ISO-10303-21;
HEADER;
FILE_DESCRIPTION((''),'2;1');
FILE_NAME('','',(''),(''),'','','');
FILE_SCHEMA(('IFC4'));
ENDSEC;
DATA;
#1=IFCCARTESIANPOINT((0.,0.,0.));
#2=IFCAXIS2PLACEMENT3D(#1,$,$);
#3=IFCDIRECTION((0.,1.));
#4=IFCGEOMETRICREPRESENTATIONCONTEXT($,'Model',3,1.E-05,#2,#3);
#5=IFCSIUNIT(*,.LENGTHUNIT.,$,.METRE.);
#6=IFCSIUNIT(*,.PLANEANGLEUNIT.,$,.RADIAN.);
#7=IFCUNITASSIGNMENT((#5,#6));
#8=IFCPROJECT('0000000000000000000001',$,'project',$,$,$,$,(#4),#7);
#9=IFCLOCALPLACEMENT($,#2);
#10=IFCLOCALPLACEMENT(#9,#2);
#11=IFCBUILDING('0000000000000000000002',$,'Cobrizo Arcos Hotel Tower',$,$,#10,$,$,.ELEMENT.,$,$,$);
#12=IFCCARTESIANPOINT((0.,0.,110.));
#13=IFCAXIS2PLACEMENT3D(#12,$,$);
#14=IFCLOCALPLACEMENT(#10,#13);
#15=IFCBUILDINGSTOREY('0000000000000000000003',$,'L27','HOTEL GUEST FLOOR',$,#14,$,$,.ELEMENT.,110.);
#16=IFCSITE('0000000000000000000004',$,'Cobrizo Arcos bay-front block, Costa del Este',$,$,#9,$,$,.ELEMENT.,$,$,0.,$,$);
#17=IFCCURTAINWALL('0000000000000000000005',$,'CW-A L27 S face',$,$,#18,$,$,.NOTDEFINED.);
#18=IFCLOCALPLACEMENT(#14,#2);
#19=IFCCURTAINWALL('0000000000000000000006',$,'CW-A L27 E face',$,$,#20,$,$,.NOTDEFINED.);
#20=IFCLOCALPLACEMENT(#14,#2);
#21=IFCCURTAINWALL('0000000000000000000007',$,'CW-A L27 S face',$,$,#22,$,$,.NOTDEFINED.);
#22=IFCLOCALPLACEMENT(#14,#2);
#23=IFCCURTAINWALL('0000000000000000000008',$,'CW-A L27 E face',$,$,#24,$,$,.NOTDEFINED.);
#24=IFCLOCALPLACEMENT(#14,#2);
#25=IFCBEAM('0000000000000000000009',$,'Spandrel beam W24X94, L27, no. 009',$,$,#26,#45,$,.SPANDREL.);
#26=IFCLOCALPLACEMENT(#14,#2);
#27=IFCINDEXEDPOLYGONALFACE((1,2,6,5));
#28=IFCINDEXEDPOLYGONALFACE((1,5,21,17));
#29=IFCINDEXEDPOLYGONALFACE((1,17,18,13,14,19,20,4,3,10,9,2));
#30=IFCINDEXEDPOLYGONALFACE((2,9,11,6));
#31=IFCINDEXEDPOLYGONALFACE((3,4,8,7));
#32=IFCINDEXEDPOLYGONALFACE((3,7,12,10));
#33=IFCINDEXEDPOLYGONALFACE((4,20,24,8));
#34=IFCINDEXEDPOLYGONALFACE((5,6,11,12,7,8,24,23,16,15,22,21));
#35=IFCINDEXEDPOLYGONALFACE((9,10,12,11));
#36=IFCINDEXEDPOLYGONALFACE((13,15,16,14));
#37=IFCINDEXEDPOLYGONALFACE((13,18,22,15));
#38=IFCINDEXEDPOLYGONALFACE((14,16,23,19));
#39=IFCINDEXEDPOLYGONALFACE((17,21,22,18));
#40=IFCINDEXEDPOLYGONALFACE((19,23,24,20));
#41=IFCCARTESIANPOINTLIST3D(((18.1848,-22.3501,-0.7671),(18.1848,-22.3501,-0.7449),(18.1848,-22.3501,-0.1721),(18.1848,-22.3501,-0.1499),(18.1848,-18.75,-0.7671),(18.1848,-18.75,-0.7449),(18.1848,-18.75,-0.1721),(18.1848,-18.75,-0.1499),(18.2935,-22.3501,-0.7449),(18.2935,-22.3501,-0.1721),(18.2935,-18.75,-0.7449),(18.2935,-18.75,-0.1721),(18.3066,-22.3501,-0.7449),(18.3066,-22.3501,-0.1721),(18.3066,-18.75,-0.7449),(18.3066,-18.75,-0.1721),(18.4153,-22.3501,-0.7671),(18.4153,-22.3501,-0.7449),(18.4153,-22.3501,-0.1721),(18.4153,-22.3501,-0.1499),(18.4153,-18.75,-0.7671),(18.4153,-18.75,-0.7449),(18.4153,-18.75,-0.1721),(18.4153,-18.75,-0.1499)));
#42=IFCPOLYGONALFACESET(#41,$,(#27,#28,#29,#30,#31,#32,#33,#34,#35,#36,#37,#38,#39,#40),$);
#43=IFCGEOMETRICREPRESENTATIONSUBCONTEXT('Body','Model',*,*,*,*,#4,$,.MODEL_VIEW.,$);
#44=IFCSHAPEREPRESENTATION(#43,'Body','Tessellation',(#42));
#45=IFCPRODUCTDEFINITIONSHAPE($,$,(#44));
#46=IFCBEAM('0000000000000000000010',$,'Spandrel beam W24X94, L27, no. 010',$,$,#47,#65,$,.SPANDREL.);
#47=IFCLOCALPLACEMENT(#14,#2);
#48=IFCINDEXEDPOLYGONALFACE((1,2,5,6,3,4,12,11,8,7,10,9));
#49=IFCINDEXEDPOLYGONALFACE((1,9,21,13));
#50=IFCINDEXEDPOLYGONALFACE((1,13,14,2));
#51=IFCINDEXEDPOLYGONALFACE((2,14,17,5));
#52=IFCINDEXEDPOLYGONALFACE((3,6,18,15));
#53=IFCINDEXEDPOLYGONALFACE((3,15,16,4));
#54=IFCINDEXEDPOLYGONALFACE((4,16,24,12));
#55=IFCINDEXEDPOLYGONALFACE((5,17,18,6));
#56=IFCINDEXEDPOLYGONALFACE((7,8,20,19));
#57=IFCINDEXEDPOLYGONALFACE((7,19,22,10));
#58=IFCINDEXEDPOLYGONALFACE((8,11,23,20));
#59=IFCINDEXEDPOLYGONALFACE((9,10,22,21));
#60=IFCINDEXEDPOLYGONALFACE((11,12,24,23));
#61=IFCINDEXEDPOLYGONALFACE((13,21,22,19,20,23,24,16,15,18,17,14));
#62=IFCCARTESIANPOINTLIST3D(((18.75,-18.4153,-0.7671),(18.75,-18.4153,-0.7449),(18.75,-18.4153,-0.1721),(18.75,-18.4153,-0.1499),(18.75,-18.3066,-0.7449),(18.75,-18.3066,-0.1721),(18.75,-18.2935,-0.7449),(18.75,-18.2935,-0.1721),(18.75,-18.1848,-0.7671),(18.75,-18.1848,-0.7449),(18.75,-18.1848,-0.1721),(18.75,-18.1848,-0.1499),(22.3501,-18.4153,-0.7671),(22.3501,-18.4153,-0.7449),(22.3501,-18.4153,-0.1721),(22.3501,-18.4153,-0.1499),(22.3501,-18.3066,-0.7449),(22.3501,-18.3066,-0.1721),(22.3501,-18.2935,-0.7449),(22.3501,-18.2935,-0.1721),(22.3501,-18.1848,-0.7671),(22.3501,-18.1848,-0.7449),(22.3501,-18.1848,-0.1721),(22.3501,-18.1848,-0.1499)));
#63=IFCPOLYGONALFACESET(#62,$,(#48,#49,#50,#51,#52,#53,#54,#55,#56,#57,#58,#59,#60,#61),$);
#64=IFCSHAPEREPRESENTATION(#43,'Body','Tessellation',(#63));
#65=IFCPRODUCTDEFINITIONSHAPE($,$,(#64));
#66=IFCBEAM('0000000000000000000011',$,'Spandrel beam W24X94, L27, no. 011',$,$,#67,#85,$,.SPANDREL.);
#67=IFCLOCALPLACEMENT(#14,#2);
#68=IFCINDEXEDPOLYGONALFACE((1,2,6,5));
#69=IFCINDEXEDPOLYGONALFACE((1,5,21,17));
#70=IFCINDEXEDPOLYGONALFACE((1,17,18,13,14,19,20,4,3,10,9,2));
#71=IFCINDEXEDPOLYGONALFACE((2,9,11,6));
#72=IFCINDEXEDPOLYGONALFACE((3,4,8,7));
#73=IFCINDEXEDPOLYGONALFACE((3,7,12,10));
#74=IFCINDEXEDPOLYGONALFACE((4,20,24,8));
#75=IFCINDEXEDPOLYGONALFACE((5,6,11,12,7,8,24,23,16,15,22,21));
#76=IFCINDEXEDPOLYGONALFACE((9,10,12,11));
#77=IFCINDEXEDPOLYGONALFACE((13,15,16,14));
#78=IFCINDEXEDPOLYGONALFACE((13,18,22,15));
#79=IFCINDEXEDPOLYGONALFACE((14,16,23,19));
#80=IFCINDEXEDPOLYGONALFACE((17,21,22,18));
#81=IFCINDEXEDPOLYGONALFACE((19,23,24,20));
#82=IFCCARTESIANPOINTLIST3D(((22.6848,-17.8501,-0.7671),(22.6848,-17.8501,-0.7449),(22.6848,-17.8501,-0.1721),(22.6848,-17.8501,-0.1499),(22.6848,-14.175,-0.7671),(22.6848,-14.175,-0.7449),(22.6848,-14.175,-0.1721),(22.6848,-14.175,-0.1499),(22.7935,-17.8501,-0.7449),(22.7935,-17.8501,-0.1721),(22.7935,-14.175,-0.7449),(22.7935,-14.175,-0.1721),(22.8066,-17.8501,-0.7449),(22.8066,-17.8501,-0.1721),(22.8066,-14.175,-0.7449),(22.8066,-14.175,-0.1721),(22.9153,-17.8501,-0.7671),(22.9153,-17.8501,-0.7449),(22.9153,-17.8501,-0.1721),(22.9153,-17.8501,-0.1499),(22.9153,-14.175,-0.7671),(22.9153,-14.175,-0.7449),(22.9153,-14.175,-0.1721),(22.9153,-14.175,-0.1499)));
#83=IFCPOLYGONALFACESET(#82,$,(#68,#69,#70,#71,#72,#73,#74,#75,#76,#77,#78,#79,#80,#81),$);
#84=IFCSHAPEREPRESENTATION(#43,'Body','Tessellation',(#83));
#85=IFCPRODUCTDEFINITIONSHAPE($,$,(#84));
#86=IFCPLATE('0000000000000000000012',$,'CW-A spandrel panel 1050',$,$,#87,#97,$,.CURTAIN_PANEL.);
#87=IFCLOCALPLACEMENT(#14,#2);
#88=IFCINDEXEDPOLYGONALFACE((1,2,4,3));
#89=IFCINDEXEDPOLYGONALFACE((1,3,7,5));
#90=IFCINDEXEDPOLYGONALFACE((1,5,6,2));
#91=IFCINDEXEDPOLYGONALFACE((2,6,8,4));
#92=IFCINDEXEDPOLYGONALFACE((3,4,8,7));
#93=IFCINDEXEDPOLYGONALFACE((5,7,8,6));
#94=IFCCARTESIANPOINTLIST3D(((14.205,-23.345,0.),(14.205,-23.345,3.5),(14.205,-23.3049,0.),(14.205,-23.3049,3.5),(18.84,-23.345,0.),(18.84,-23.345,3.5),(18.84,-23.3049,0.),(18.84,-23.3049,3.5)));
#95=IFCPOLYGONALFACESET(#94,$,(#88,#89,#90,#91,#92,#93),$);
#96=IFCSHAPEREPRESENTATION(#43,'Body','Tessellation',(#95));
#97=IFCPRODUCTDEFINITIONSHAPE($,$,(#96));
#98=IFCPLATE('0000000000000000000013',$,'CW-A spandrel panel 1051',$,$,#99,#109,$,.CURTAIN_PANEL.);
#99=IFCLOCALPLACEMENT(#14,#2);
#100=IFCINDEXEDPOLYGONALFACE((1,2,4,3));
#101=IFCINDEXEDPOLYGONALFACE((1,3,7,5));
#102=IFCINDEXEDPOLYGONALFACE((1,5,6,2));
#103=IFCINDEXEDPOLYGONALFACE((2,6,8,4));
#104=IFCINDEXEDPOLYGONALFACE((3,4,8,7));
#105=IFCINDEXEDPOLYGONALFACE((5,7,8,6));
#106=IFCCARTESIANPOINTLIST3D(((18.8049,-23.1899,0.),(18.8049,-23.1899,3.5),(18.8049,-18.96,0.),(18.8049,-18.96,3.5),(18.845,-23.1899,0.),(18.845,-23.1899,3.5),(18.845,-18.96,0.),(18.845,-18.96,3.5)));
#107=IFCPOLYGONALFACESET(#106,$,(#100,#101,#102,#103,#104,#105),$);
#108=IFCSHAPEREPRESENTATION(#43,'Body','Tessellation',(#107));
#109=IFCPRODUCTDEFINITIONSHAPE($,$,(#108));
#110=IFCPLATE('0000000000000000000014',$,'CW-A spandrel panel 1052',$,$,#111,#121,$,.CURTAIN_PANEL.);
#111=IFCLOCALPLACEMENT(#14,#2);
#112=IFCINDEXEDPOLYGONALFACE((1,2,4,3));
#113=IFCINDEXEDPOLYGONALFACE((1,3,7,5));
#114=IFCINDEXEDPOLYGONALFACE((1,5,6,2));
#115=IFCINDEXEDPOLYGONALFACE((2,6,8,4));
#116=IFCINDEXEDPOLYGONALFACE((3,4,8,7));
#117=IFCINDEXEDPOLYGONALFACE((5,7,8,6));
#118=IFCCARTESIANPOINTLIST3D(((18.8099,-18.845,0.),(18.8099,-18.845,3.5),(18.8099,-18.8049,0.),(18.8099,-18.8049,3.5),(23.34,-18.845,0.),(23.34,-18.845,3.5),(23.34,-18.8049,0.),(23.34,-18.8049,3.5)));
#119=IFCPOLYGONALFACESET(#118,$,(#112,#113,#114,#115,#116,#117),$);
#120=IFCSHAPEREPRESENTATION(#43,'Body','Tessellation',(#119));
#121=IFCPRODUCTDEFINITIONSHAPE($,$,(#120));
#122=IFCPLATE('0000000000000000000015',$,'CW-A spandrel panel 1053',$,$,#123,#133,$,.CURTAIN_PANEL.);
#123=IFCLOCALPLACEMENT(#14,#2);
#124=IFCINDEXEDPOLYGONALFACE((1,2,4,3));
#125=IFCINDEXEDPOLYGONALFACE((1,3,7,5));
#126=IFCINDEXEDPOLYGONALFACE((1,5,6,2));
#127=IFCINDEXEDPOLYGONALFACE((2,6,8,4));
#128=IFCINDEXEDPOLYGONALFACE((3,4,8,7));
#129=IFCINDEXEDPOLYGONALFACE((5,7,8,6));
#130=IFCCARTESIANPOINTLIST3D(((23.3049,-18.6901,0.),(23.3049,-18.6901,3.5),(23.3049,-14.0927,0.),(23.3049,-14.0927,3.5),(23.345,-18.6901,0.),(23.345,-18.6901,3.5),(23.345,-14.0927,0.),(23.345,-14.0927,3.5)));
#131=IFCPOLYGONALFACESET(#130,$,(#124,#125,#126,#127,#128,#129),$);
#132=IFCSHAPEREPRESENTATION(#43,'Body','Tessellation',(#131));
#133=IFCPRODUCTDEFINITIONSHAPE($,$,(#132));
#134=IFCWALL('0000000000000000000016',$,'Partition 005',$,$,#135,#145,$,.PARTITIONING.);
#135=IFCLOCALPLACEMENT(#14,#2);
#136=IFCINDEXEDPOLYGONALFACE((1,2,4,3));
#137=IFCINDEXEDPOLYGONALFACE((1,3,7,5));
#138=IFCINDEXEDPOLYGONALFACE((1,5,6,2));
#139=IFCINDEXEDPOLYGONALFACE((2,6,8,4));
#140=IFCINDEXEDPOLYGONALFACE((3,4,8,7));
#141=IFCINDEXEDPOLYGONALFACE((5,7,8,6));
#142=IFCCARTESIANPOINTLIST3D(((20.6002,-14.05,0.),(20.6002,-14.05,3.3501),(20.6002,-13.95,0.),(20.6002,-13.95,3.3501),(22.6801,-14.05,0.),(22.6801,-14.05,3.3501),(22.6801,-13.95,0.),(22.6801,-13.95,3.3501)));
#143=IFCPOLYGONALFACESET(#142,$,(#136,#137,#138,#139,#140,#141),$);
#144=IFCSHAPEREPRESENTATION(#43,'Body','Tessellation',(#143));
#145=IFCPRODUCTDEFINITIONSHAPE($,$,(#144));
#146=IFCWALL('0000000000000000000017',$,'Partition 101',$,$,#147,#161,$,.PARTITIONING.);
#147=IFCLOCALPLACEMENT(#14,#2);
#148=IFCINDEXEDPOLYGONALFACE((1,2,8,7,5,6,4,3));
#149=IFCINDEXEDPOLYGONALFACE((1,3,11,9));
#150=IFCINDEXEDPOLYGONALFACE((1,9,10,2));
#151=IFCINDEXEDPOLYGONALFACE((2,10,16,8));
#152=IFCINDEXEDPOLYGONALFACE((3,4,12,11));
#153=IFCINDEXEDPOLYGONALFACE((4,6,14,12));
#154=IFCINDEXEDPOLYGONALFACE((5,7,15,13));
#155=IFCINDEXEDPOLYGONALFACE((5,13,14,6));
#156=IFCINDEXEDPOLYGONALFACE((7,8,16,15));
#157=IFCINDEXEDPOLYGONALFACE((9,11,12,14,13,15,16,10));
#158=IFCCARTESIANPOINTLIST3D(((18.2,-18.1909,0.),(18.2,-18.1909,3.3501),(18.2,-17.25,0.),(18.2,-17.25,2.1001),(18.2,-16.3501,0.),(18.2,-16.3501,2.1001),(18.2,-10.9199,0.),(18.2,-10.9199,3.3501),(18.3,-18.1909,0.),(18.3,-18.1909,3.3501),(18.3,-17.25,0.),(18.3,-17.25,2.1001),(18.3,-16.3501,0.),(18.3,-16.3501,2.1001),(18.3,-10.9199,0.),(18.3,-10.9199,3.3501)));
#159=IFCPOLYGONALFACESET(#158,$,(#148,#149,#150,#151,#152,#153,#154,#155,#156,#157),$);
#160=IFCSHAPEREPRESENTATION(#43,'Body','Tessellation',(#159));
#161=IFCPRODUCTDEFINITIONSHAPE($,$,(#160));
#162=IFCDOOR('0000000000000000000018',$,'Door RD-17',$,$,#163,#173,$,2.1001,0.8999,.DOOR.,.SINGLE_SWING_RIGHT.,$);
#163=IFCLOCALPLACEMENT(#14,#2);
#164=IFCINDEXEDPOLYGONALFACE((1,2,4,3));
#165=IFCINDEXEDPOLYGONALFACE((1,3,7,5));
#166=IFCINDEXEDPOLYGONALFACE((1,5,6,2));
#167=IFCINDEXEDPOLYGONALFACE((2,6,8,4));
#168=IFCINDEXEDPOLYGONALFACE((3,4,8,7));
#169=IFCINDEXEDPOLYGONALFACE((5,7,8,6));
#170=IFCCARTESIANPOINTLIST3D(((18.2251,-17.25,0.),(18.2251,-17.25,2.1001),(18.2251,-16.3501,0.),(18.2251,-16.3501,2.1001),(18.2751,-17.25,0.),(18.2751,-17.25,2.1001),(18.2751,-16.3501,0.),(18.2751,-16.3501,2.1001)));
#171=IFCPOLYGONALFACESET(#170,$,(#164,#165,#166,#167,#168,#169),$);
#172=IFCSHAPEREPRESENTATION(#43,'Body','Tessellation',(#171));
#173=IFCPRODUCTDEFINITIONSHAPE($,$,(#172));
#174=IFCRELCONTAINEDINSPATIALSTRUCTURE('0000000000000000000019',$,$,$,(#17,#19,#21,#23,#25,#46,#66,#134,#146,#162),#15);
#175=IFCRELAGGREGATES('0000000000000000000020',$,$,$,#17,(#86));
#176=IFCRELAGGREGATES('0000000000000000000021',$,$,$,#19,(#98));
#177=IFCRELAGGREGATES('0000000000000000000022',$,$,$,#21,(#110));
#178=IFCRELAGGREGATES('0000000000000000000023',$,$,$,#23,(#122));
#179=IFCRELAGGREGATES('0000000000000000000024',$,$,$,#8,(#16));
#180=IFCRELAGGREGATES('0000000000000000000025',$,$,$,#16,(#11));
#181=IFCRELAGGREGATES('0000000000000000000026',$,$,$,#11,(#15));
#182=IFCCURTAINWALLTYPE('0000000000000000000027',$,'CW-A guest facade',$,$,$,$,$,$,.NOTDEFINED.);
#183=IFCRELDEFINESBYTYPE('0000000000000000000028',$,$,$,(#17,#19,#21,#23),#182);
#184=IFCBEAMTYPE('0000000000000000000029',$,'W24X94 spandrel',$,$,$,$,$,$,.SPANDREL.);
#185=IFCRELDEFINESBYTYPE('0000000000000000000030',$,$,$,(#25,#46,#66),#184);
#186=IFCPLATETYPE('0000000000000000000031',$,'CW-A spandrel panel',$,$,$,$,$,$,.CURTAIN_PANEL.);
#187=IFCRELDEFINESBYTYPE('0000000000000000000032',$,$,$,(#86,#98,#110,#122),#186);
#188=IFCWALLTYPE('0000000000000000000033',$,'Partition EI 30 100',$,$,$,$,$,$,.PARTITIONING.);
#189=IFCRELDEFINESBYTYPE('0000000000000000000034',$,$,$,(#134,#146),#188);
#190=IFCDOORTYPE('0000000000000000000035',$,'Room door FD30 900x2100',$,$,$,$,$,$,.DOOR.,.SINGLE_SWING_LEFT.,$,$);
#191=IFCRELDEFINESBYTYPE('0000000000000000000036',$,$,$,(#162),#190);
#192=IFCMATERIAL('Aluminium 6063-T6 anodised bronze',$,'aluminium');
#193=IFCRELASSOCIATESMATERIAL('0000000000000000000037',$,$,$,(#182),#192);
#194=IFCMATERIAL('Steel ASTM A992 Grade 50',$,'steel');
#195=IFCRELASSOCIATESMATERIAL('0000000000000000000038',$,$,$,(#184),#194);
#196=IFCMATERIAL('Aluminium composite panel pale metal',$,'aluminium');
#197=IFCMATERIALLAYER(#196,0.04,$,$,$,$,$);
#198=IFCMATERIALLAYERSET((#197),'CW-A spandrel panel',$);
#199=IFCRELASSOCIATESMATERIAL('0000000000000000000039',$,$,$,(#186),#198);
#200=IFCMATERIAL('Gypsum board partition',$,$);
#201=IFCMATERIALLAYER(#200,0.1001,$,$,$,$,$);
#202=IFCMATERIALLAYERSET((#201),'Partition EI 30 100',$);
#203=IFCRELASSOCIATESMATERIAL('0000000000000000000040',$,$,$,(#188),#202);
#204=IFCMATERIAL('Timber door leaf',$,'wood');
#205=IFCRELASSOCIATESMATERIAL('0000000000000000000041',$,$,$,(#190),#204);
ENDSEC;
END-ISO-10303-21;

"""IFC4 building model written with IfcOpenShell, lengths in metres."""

from ifc_helpers import new_model, si_unit, direction, frame, frame_2d, origin, origin_2d, place, context, subcontext, project, spatial, rectangle, i_section, extrude, material, layer, layer_set, material_profile, profile_set, type_object, element, fill, aggregate, save


model = new_model("IFC4")

# Units and contexts
model_context = context("Model", 3, precision=1e-05, world=origin(), true_north=direction((0.0, 1.0)))
body_context = subcontext(model_context, "Body", "Model", "MODEL_VIEW")
ifc_project = project(units=[si_unit("LENGTHUNIT", "METRE"), si_unit("PLANEANGLEUNIT", "RADIAN")], contexts=[model_context])

# Site, building, storey
site_placement = place(None, origin())
site = spatial("IfcSite", under=ifc_project, at=site_placement, Name="Cobrizo Arcos bay-front block, Costa del Este", CompositionType="ELEMENT", RefElevation=0.0)
building_placement = place(site_placement, origin())
building = spatial("IfcBuilding", under=site, at=building_placement, Name="Cobrizo Arcos Hotel Tower", CompositionType="ELEMENT")
storey_placement = place(building_placement, frame((0.0, 0.0, 110.0)))
storey = spatial("IfcBuildingStorey", under=building, at=storey_placement, Name="L27", Description="HOTEL GUEST FLOOR", CompositionType="ELEMENT", Elevation=110.0)

# Curtain wall
ifc_material_1 = material(Name="Aluminium 6063-T6 anodised bronze", Category="aluminium")
curtain_wall_type = type_object("IfcCurtainWallType", Name="CW-A guest facade", PredefinedType="NOTDEFINED", material=ifc_material_1)
curtain_wall_1_placement = place(storey_placement, origin())
curtain_wall_1 = element("IfcCurtainWall", 1, at=curtain_wall_1_placement, inside=storey, type_object=curtain_wall_type, Name="CW-A L27 S face", PredefinedType="NOTDEFINED")

# Curtain walls
curtain_wall_2_placement = place(storey_placement, origin())
curtain_wall_2 = element("IfcCurtainWall", 2, at=curtain_wall_2_placement, inside=storey, type_object=curtain_wall_type, Name="CW-A L27 E face", PredefinedType="NOTDEFINED")
curtain_wall_3_placement = place(storey_placement, origin())
curtain_wall_3 = element("IfcCurtainWall", 3, at=curtain_wall_3_placement, inside=storey, type_object=curtain_wall_type, Name="CW-A L27 S face", PredefinedType="NOTDEFINED")
curtain_wall_4_placement = place(storey_placement, origin())
curtain_wall_4 = element("IfcCurtainWall", 4, at=curtain_wall_4_placement, inside=storey, type_object=curtain_wall_type, Name="CW-A L27 E face", PredefinedType="NOTDEFINED")

# Beams
ifc_material_2 = material(Name="Steel ASTM A992 Grade 50", Category="steel")
ifc_material_profile_1 = material_profile(ifc_material_2, i_section(OverallWidth=0.2305, OverallDepth=0.6172, WebThickness=0.0132, FlangeThickness=0.0222, at=origin_2d()), Name="W24X94")
ifc_profile_set_1 = profile_set([ifc_material_profile_1], Name="Steel ASTM A992 Grade 50")
beam_type_1 = type_object("IfcBeamType", Name="W24X94 spandrel", PredefinedType="SPANDREL", material=ifc_profile_set_1)
for number, where, z_axis, x_axis, name in (
    (5, (18.3, -22.3501, -0.4585), (0.0, 1.0, 0.0), (-1.0, 0.0, 0.0), "Spandrel beam W24X94, L27, no. 009"),
    (6, (18.75, -18.3, -0.4585), (1.0, 0.0, 0.0), (0.0, 1.0, 0.0), "Spandrel beam W24X94, L27, no. 010"),
):
    element("IfcBeam", number, at=place(storey_placement, frame(where, z_axis=z_axis, x_axis=x_axis)), inside=storey, type_object=beam_type_1, Name=name, PredefinedType="SPANDREL", context=body_context, shape_type="SweptSolid", body=[
        extrude(i_section(OverallWidth=0.2305, OverallDepth=0.6172, WebThickness=0.0132, FlangeThickness=0.0222, at=origin_2d()), origin(), (0.0, 0.0, 1.0), 3.6001),
    ])
beam_1_placement = place(storey_placement, frame((22.8, -17.8501, -0.4585), z_axis=(0.0, 1.0, 0.0), x_axis=(-1.0, 0.0, 0.0)))
element("IfcBeam", 7, at=beam_1_placement, inside=storey, type_object=beam_type_1, Name="Spandrel beam W24X94, L27, no. 011", PredefinedType="SPANDREL", context=body_context, shape_type="SweptSolid", body=[
    extrude(i_section(OverallWidth=0.2305, OverallDepth=0.6172, WebThickness=0.0132, FlangeThickness=0.0222, at=origin_2d()), origin(), (0.0, 0.0, 1.0), 3.675),
])

# Plates
ifc_material_3 = material(Name="Aluminium composite panel pale metal", Category="aluminium")
ifc_layer_1 = layer(ifc_material_3, 0.04)
ifc_layer_set_1 = layer_set([ifc_layer_1], Name="CW-A spandrel panel")
plate_type = type_object("IfcPlateType", Name="CW-A spandrel panel", PredefinedType="CURTAIN_PANEL", material=ifc_layer_set_1)
plate_1_placement = place(storey_placement, frame((16.5225, -23.325, 0.0), z_axis=(0.0, 0.0, 1.0), x_axis=(1.0, 0.0, 0.0)))
plate_1 = element("IfcPlate", 8, at=plate_1_placement, type_object=plate_type, Name="CW-A spandrel panel 1050", PredefinedType="CURTAIN_PANEL", context=body_context, shape_type="SweptSolid", body=[
    extrude(rectangle(XDim=4.635, YDim=0.04, at=origin_2d()), origin(), (0.0, 0.0, 1.0), 3.5),
])
aggregate(curtain_wall_1, [plate_1])
plate_2_placement = place(storey_placement, frame((18.825, -21.075, 0.0), z_axis=(0.0, 0.0, 1.0), x_axis=(0.0, 1.0, 0.0)))
plate_2 = element("IfcPlate", 9, at=plate_2_placement, type_object=plate_type, Name="CW-A spandrel panel 1051", PredefinedType="CURTAIN_PANEL", context=body_context, shape_type="SweptSolid", body=[
    extrude(rectangle(XDim=4.23, YDim=0.04, at=origin_2d()), origin(), (0.0, 0.0, 1.0), 3.5),
])
aggregate(curtain_wall_2, [plate_2])
plate_3_placement = place(storey_placement, frame((21.075, -18.825, 0.0), z_axis=(0.0, 0.0, 1.0), x_axis=(1.0, 0.0, 0.0)))
plate_3 = element("IfcPlate", 10, at=plate_3_placement, type_object=plate_type, Name="CW-A spandrel panel 1052", PredefinedType="CURTAIN_PANEL", context=body_context, shape_type="SweptSolid", body=[
    extrude(rectangle(XDim=4.53, YDim=0.04, at=origin_2d()), origin(), (0.0, 0.0, 1.0), 3.5),
])
aggregate(curtain_wall_3, [plate_3])
plate_4_placement = place(storey_placement, frame((23.325, -16.3914, 0.0), z_axis=(0.0, 0.0, 1.0), x_axis=(0.0, 1.0, 0.0)))
plate_4 = element("IfcPlate", 11, at=plate_4_placement, type_object=plate_type, Name="CW-A spandrel panel 1053", PredefinedType="CURTAIN_PANEL", context=body_context, shape_type="SweptSolid", body=[
    extrude(rectangle(XDim=4.5974, YDim=0.04, at=origin_2d()), origin(), (0.0, 0.0, 1.0), 3.5),
])
aggregate(curtain_wall_4, [plate_4])

# Wall
ifc_material_4 = material(Name="Gypsum board partition")
ifc_layer_2 = layer(ifc_material_4, 0.1001)
ifc_layer_set_2 = layer_set([ifc_layer_2], Name="Partition EI 30 100")
wall_type = type_object("IfcWallType", Name="Partition EI 30 100", PredefinedType="PARTITIONING", material=ifc_layer_set_2)
wall_1_placement = place(storey_placement, frame((20.6001, -14.0, 0.0), z_axis=(0.0, 0.0, 1.0), x_axis=(1.0, 0.0, 0.0)))
element("IfcWall", 12, at=wall_1_placement, inside=storey, type_object=wall_type, Name="Partition 005", PredefinedType="PARTITIONING", context=body_context, shape_type="SweptSolid", body=[
    extrude(rectangle(XDim=2.0798, YDim=0.1001, at=frame_2d((1.04, 0.0))), origin(), (0.0, 0.0, 1.0), 3.3501),
])

# Wall, opening, door
wall_2_placement = place(storey_placement, frame((18.25, -18.1909, 0.0), z_axis=(0.0, 0.0, 1.0), x_axis=(0.0, 1.0, 0.0)))
wall_2 = element("IfcWall", 13, at=wall_2_placement, inside=storey, type_object=wall_type, Name="Partition 101", PredefinedType="PARTITIONING", context=body_context, shape_type="SweptSolid", body=[
    extrude(rectangle(XDim=7.271, YDim=0.1001, at=frame_2d((3.6355, 0.0))), origin(), (0.0, 0.0, 1.0), 3.3501),
])
opening_1_placement = place(wall_2_placement, frame((0.9409, 0.0, 0.0)))
opening_1 = element("IfcOpeningElement", 14, at=opening_1_placement, cuts=wall_2, PredefinedType="OPENING", context=body_context, shape_type="SweptSolid", body=[
    extrude(rectangle(XDim=0.8999, YDim=2.1001, at=frame_2d((0.45, 1.05))), frame((0.0, 0.062, 0.0), z_axis=(0.0, -1.0, 0.0), x_axis=(1.0, 0.0, 0.0)), (0.0, 0.0, 1.0), 0.124),
])
ifc_material_5 = material(Name="Timber door leaf", Category="wood")
door_type_1 = type_object("IfcDoorType", Name="Room door FD30 900x2100", OperationType="SINGLE_SWING_LEFT", PredefinedType="DOOR", material=ifc_material_5)
door_1_placement = place(opening_1_placement, origin())
door_1 = element("IfcDoor", 15, at=door_1_placement, inside=storey, type_object=door_type_1, Name="Door RD-17", OperationType="SINGLE_SWING_RIGHT", OverallHeight=2.1001, OverallWidth=0.8999, PredefinedType="DOOR", context=body_context, shape_type="SweptSolid", body=[
    extrude(rectangle(XDim=0.8999, YDim=2.1001, at=frame_2d((0.45, 1.05))), frame((0.0, 0.0249, 0.0), z_axis=(0.0, -1.0, 0.0), x_axis=(1.0, 0.0, 0.0)), (0.0, 0.0, 1.0), 0.05),
])
fill(opening_1, door_1)

save(model, "model.ifc")
